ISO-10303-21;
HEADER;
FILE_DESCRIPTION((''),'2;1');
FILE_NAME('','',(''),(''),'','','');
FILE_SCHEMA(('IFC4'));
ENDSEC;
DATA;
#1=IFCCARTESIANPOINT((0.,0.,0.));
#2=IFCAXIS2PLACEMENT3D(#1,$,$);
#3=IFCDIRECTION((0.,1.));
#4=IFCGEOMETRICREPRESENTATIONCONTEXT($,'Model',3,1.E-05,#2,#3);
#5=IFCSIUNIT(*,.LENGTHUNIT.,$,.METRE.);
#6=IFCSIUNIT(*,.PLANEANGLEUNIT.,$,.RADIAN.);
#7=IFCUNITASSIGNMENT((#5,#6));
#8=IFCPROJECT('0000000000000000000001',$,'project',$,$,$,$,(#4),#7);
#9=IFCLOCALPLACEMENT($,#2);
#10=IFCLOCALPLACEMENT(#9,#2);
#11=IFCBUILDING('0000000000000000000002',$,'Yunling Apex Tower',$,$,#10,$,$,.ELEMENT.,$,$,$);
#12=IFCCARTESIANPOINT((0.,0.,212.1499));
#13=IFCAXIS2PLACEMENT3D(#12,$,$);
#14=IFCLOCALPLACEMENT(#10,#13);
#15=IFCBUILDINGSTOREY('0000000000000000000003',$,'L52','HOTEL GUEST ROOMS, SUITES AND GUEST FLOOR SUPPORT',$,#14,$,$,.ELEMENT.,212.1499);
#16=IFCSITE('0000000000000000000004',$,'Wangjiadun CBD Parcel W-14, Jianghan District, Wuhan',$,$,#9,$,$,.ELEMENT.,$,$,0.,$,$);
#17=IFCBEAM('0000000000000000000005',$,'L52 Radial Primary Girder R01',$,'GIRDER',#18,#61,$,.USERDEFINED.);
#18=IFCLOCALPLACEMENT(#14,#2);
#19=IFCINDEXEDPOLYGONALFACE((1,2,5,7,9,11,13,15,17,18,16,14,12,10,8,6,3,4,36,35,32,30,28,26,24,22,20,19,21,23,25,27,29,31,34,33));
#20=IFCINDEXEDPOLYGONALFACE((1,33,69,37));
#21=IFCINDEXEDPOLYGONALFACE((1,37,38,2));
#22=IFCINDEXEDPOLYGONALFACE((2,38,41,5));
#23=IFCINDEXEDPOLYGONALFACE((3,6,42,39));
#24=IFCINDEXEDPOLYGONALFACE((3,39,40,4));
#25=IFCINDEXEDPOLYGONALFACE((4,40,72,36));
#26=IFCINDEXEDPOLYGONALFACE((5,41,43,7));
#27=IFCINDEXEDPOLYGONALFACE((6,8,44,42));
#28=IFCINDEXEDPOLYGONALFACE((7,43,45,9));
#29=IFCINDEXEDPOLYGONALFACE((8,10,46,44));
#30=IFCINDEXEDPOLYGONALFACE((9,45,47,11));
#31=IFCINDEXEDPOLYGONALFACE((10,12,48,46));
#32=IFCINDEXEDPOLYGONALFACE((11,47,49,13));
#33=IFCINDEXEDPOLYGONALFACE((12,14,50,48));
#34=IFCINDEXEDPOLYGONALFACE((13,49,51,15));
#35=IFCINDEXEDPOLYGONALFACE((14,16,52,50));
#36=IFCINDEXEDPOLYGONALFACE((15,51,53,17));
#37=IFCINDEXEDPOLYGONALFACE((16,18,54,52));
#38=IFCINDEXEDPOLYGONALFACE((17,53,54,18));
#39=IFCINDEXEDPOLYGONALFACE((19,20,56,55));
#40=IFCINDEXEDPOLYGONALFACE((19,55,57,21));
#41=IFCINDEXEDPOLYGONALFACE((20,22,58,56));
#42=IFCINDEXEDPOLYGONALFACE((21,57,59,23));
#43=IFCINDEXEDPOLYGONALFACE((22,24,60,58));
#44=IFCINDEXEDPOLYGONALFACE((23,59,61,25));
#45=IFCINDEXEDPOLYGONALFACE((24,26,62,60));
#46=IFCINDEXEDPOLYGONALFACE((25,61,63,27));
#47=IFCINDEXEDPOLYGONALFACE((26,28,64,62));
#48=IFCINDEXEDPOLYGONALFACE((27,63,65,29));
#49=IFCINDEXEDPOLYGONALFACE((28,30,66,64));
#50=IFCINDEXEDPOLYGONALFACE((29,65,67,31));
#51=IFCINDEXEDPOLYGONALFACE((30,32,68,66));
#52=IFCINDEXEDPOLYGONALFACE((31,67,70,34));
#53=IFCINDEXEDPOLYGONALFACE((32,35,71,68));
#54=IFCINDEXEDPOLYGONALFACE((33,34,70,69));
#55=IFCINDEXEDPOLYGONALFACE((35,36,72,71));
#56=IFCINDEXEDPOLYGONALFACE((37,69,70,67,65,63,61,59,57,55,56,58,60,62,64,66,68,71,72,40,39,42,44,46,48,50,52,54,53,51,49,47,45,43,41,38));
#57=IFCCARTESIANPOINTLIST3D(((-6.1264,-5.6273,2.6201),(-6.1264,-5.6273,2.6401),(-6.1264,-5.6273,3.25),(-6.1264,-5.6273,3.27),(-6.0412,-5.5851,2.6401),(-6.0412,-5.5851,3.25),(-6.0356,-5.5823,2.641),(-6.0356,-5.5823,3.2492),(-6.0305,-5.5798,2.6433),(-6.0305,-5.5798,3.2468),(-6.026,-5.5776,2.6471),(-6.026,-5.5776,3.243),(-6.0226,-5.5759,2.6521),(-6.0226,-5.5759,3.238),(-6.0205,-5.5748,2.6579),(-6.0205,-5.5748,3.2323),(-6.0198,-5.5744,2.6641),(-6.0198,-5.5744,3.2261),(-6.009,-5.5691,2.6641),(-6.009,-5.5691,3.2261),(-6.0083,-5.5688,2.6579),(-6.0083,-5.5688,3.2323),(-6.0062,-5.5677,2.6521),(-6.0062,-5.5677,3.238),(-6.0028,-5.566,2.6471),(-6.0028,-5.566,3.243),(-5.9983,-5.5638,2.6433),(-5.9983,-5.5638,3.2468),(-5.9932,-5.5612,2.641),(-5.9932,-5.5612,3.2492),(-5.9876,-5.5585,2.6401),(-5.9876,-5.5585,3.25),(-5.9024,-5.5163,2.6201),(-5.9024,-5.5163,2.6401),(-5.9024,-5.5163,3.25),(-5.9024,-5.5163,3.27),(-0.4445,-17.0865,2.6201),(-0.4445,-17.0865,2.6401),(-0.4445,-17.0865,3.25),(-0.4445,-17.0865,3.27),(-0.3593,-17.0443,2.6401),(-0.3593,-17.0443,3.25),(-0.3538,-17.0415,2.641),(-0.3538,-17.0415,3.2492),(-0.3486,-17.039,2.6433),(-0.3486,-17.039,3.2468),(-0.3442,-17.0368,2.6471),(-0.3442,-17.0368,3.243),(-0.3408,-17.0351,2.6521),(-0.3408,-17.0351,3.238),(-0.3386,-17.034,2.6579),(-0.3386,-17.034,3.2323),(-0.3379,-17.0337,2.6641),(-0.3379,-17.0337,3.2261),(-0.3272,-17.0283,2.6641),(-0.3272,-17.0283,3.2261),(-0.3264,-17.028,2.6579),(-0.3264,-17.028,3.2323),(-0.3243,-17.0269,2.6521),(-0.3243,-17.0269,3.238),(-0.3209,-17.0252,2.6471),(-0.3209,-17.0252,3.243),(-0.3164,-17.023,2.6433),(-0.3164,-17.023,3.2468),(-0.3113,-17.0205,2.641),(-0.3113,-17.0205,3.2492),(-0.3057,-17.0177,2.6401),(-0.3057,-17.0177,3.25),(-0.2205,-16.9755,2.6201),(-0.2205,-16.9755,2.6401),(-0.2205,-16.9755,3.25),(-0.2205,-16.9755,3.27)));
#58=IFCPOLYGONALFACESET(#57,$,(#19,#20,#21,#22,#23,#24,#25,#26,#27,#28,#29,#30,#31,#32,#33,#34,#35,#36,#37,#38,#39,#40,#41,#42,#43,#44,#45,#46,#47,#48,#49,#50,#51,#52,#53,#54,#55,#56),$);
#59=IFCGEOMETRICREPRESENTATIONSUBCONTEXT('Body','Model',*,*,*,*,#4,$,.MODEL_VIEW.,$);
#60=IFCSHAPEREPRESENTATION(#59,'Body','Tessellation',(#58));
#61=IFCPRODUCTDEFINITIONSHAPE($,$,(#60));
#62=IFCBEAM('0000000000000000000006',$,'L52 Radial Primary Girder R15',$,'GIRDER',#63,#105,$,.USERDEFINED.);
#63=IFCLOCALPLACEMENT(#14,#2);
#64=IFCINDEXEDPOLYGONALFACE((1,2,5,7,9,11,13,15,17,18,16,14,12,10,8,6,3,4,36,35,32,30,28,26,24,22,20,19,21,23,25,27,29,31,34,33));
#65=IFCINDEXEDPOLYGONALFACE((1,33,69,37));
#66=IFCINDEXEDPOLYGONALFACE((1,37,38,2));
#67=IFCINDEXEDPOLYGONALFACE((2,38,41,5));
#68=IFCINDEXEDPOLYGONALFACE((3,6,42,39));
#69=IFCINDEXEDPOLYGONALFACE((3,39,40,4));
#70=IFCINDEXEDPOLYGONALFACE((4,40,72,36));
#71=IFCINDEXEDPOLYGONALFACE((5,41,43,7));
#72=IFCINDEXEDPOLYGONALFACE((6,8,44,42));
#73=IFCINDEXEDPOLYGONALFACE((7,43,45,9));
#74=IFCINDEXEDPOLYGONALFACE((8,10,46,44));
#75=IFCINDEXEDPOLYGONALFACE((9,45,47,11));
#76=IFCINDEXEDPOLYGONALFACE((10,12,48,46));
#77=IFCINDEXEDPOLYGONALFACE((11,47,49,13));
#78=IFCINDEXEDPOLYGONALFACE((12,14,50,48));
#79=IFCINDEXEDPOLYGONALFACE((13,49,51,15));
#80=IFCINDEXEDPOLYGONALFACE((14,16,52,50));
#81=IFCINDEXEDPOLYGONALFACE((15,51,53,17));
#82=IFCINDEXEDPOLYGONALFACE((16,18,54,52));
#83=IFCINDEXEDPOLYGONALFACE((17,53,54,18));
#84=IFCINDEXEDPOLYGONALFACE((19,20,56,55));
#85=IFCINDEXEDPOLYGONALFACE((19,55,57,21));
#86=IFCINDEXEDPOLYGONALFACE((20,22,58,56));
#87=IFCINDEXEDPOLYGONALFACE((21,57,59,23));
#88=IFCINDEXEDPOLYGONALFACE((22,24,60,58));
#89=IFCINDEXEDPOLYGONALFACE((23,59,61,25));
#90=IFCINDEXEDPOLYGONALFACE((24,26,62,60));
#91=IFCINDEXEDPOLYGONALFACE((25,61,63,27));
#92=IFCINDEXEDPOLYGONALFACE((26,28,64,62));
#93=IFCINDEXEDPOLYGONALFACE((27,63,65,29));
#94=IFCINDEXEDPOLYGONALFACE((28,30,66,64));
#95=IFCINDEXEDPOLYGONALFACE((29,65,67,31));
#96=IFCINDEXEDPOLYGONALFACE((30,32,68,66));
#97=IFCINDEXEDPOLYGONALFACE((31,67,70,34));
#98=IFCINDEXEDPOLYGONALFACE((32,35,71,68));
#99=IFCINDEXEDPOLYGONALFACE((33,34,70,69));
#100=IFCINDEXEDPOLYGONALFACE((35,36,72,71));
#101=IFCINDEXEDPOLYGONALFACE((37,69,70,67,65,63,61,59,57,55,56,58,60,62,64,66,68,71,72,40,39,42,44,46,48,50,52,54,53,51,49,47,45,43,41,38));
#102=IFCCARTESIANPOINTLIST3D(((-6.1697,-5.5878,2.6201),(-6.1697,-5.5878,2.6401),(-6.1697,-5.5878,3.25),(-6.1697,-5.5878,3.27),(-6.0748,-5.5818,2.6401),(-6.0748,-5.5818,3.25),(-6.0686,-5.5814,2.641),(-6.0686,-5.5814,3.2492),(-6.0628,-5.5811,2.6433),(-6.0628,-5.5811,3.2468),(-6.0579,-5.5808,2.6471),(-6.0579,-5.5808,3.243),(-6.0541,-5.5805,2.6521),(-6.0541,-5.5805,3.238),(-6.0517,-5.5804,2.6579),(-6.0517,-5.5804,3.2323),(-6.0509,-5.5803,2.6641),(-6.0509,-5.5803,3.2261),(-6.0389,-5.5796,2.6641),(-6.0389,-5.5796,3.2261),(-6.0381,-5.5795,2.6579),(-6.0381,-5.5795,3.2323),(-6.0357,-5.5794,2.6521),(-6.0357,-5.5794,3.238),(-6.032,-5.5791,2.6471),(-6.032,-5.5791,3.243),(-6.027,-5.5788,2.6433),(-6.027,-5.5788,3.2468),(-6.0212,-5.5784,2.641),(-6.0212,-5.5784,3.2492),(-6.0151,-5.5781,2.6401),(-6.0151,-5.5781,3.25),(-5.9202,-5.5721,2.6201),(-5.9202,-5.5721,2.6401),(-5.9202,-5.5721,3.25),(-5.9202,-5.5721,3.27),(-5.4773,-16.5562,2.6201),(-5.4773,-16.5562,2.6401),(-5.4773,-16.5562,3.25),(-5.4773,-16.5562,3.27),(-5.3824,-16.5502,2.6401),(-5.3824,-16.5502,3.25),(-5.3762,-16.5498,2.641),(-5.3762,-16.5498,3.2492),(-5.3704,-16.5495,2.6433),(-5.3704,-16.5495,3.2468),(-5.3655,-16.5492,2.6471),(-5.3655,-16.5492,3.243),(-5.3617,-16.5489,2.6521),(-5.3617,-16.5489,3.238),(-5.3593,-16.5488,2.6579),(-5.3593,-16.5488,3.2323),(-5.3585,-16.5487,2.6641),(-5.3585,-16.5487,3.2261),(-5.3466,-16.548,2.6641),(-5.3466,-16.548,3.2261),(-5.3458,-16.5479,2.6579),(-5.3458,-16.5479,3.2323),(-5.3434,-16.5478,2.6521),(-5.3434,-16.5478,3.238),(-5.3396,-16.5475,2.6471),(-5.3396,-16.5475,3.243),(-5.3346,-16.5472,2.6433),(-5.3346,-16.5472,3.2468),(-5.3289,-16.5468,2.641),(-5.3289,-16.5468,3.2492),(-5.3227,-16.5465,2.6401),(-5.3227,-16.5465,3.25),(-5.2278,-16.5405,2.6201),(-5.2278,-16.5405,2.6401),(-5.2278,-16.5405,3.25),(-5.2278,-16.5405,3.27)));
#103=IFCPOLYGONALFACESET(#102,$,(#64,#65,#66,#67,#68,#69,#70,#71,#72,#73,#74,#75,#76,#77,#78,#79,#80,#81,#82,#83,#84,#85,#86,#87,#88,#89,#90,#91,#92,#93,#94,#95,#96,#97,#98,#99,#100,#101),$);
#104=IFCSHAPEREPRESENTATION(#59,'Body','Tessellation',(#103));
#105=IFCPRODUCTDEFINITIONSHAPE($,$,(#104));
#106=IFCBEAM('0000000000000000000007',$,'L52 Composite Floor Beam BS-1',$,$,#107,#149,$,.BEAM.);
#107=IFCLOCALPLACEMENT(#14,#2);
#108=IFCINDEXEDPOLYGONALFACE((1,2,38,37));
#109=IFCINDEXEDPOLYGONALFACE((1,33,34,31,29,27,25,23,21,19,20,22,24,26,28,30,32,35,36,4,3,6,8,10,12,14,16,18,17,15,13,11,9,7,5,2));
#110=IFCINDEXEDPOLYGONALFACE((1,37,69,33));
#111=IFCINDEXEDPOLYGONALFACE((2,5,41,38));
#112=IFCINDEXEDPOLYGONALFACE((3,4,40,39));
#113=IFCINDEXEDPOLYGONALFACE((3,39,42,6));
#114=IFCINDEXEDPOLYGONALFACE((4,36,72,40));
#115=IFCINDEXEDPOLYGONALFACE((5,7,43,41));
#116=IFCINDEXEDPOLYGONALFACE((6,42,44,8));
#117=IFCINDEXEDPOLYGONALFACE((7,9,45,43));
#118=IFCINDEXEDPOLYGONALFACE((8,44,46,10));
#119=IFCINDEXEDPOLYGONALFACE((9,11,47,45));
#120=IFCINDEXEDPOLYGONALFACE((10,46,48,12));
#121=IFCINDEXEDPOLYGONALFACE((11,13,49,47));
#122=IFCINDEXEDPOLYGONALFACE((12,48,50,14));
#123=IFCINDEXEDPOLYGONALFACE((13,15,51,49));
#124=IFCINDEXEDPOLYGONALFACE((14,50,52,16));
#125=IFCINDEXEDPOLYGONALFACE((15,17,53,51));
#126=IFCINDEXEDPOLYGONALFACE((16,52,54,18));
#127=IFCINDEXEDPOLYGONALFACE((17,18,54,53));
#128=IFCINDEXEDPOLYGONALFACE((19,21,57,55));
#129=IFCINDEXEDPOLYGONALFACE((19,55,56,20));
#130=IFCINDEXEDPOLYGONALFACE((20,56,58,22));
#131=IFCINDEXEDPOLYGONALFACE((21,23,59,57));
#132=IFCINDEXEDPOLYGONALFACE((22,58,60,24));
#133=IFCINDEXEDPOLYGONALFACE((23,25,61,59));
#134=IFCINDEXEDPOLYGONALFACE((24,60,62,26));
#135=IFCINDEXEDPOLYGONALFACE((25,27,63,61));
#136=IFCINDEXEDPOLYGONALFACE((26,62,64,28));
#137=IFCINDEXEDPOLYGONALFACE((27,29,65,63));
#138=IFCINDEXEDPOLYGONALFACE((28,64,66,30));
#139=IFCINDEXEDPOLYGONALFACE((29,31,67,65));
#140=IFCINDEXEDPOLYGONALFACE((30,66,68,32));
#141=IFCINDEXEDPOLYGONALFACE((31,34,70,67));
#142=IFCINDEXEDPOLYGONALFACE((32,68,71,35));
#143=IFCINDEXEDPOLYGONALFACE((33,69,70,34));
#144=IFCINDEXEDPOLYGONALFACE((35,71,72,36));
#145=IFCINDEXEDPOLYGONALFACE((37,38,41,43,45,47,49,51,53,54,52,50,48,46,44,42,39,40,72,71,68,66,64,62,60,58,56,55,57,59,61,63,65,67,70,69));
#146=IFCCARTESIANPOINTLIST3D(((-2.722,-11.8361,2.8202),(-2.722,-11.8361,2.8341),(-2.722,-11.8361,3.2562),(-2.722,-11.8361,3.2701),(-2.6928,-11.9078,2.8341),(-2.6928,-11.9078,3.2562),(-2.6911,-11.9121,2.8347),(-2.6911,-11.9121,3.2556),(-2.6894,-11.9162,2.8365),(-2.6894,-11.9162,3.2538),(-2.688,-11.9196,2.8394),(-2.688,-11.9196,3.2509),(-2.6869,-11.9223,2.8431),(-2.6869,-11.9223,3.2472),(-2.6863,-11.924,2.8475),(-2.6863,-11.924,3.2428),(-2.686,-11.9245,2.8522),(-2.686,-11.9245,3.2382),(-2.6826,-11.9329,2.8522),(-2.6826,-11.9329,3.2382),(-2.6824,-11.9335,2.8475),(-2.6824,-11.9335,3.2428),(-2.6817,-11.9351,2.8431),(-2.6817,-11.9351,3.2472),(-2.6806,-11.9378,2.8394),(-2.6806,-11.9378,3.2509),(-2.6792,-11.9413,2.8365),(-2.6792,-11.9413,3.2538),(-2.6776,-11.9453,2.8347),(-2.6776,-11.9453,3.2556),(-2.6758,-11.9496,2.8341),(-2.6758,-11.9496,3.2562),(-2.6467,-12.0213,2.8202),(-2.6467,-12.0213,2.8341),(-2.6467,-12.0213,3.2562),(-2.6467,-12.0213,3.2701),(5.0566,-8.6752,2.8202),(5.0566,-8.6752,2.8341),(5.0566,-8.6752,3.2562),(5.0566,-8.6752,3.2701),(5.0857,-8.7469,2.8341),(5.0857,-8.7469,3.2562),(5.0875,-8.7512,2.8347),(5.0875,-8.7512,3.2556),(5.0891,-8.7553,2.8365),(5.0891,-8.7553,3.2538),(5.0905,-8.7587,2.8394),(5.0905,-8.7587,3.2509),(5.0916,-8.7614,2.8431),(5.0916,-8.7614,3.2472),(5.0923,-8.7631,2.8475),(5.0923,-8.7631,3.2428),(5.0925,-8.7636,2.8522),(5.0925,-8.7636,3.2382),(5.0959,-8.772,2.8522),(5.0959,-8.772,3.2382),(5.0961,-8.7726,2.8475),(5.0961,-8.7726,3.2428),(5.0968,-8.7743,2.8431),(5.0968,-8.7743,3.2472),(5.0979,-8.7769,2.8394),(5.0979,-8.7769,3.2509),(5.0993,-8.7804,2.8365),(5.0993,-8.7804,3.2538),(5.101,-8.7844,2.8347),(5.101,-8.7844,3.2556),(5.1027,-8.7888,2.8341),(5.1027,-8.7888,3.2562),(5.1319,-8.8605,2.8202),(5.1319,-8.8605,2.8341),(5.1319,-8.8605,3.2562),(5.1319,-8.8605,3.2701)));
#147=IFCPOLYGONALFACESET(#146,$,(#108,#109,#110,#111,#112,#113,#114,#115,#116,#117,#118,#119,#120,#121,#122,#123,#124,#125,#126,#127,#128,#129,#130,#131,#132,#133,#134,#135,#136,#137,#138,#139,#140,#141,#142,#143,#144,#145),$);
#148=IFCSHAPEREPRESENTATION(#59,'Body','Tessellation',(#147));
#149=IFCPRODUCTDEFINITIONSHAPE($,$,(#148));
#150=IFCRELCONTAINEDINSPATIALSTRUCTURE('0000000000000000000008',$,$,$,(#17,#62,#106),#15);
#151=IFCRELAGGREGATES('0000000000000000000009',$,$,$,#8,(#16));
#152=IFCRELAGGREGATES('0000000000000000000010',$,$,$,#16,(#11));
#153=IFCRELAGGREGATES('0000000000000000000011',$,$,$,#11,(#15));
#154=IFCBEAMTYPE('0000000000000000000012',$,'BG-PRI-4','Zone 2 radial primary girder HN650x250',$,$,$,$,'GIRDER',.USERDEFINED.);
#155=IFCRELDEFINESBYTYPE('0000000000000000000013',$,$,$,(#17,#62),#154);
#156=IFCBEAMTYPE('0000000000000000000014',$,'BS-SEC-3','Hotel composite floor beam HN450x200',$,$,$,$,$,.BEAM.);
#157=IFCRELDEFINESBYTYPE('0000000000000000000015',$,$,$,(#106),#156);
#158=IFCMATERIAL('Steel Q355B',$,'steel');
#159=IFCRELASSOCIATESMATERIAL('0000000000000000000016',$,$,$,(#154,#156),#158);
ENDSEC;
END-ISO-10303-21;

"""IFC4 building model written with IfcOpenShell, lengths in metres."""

from ifc_helpers import new_model, si_unit, direction, frame, origin, origin_2d, place, context, subcontext, project, spatial, i_section, extrude, source, transform, mapped, material, material_profile, profile_set, type_object, element, save


model = new_model("IFC4")

# Units and contexts
model_context = context("Model", 3, precision=1e-05, world=origin(), true_north=direction((0.0, 1.0)))
body_context = subcontext(model_context, "Body", "Model", "MODEL_VIEW")
ifc_project = project(units=[si_unit("LENGTHUNIT", "METRE"), si_unit("PLANEANGLEUNIT", "RADIAN")], contexts=[model_context])

# Site, building, storey
site_placement = place(None, origin())
site = spatial("IfcSite", under=ifc_project, at=site_placement, Name="Wangjiadun CBD Parcel W-14, Jianghan District, Wuhan", CompositionType="ELEMENT", RefElevation=0.0)
building_placement = place(site_placement, origin())
building = spatial("IfcBuilding", under=site, at=building_placement, Name="Yunling Apex Tower", CompositionType="ELEMENT")
storey_placement = place(building_placement, frame((0.0, 0.0, 212.1499)))
storey = spatial("IfcBuildingStorey", under=building, at=storey_placement, Name="L52", Description="HOTEL GUEST ROOMS, SUITES AND GUEST FLOOR SUPPORT", CompositionType="ELEMENT", Elevation=212.1499)

# Beams
ifc_material_1 = material(Name="Steel Q355B", Category="steel")
ifc_material_profile_1 = material_profile(ifc_material_1, i_section(OverallWidth=0.25, OverallDepth=0.6499, WebThickness=0.012, FlangeThickness=0.02, FilletRadius=0.0239, at=origin_2d()))
ifc_profile_set_1 = profile_set([ifc_material_profile_1], Name="Steel Q355B")
beam_type_1 = type_object("IfcBeamType", Name="BG-PRI-4", Description="Zone 2 radial primary girder HN650x250", ElementType="GIRDER", PredefinedType="USERDEFINED", material=ifc_profile_set_1)
shared_shape_1 = source(origin(), body_context, "Body", "SweptSolid", [
    extrude(i_section(OverallWidth=0.25, OverallDepth=0.6499, WebThickness=0.012, FlangeThickness=0.02, FilletRadius=0.0239, at=origin_2d()), origin(), (0.0, 0.0, 1.0), 12.7905),
])
beam_1_placement = place(storey_placement, frame((-0.3325, -17.031, 2.9451), z_axis=(-0.444226, 0.895915, 0.0), x_axis=(-0.895915, -0.444226, 0.0)))
element("IfcBeam", 1, at=beam_1_placement, inside=storey, type_object=beam_type_1, Name="L52 Radial Primary Girder R01", ObjectType="GIRDER", PredefinedType="USERDEFINED", context=body_context, shape_type="MappedRepresentation", body=[
    mapped(shared_shape_1, transform((0.0, 0.0, 0.0), scale=1.0)),
])
shared_shape_2 = source(origin(), body_context, "Body", "SweptSolid", [
    extrude(i_section(OverallWidth=0.25, OverallDepth=0.6499, WebThickness=0.012, FlangeThickness=0.02, FilletRadius=0.0239, at=origin_2d()), origin(), (0.0, 0.0, 1.0), 10.9902),
])
beam_2_placement = place(storey_placement, frame((-5.3525, -16.5483, 2.9451), z_axis=(-0.062999, 0.998014, 0.0), x_axis=(-0.998014, -0.062999, 0.0)))
element("IfcBeam", 2, at=beam_2_placement, inside=storey, type_object=beam_type_1, Name="L52 Radial Primary Girder R15", ObjectType="GIRDER", PredefinedType="USERDEFINED", context=body_context, shape_type="MappedRepresentation", body=[
    mapped(shared_shape_2, transform((0.0, 0.0, 0.0), scale=1.0)),
])
ifc_material_profile_2 = material_profile(ifc_material_1, i_section(OverallWidth=0.2, OverallDepth=0.45, WebThickness=0.009, FlangeThickness=0.0139, FilletRadius=0.0181, at=origin_2d()))
ifc_profile_set_2 = profile_set([ifc_material_profile_2], Name="Steel Q355B")
beam_type_2 = type_object("IfcBeamType", Name="BS-SEC-3", Description="Hotel composite floor beam HN450x200", PredefinedType="BEAM", material=ifc_profile_set_2)
shared_shape_3 = source(origin(), body_context, "Body", "SweptSolid", [
    extrude(i_section(OverallWidth=0.2, OverallDepth=0.45, WebThickness=0.009, FlangeThickness=0.0139, FilletRadius=0.0181, at=origin_2d()), origin(), (0.0, 0.0, 1.0), 8.3962),
])
beam_3_placement = place(storey_placement, frame((-2.6843, -11.9287, 3.0452), z_axis=(0.926431, 0.376464, 0.0), x_axis=(-0.376464, 0.926431, 0.0)))
element("IfcBeam", 3, at=beam_3_placement, inside=storey, type_object=beam_type_2, Name="L52 Composite Floor Beam BS-1", PredefinedType="BEAM", context=body_context, shape_type="MappedRepresentation", body=[
    mapped(shared_shape_3, transform((0.0, 0.0, 0.0), scale=1.0)),
])

save(model, "model.ifc")
